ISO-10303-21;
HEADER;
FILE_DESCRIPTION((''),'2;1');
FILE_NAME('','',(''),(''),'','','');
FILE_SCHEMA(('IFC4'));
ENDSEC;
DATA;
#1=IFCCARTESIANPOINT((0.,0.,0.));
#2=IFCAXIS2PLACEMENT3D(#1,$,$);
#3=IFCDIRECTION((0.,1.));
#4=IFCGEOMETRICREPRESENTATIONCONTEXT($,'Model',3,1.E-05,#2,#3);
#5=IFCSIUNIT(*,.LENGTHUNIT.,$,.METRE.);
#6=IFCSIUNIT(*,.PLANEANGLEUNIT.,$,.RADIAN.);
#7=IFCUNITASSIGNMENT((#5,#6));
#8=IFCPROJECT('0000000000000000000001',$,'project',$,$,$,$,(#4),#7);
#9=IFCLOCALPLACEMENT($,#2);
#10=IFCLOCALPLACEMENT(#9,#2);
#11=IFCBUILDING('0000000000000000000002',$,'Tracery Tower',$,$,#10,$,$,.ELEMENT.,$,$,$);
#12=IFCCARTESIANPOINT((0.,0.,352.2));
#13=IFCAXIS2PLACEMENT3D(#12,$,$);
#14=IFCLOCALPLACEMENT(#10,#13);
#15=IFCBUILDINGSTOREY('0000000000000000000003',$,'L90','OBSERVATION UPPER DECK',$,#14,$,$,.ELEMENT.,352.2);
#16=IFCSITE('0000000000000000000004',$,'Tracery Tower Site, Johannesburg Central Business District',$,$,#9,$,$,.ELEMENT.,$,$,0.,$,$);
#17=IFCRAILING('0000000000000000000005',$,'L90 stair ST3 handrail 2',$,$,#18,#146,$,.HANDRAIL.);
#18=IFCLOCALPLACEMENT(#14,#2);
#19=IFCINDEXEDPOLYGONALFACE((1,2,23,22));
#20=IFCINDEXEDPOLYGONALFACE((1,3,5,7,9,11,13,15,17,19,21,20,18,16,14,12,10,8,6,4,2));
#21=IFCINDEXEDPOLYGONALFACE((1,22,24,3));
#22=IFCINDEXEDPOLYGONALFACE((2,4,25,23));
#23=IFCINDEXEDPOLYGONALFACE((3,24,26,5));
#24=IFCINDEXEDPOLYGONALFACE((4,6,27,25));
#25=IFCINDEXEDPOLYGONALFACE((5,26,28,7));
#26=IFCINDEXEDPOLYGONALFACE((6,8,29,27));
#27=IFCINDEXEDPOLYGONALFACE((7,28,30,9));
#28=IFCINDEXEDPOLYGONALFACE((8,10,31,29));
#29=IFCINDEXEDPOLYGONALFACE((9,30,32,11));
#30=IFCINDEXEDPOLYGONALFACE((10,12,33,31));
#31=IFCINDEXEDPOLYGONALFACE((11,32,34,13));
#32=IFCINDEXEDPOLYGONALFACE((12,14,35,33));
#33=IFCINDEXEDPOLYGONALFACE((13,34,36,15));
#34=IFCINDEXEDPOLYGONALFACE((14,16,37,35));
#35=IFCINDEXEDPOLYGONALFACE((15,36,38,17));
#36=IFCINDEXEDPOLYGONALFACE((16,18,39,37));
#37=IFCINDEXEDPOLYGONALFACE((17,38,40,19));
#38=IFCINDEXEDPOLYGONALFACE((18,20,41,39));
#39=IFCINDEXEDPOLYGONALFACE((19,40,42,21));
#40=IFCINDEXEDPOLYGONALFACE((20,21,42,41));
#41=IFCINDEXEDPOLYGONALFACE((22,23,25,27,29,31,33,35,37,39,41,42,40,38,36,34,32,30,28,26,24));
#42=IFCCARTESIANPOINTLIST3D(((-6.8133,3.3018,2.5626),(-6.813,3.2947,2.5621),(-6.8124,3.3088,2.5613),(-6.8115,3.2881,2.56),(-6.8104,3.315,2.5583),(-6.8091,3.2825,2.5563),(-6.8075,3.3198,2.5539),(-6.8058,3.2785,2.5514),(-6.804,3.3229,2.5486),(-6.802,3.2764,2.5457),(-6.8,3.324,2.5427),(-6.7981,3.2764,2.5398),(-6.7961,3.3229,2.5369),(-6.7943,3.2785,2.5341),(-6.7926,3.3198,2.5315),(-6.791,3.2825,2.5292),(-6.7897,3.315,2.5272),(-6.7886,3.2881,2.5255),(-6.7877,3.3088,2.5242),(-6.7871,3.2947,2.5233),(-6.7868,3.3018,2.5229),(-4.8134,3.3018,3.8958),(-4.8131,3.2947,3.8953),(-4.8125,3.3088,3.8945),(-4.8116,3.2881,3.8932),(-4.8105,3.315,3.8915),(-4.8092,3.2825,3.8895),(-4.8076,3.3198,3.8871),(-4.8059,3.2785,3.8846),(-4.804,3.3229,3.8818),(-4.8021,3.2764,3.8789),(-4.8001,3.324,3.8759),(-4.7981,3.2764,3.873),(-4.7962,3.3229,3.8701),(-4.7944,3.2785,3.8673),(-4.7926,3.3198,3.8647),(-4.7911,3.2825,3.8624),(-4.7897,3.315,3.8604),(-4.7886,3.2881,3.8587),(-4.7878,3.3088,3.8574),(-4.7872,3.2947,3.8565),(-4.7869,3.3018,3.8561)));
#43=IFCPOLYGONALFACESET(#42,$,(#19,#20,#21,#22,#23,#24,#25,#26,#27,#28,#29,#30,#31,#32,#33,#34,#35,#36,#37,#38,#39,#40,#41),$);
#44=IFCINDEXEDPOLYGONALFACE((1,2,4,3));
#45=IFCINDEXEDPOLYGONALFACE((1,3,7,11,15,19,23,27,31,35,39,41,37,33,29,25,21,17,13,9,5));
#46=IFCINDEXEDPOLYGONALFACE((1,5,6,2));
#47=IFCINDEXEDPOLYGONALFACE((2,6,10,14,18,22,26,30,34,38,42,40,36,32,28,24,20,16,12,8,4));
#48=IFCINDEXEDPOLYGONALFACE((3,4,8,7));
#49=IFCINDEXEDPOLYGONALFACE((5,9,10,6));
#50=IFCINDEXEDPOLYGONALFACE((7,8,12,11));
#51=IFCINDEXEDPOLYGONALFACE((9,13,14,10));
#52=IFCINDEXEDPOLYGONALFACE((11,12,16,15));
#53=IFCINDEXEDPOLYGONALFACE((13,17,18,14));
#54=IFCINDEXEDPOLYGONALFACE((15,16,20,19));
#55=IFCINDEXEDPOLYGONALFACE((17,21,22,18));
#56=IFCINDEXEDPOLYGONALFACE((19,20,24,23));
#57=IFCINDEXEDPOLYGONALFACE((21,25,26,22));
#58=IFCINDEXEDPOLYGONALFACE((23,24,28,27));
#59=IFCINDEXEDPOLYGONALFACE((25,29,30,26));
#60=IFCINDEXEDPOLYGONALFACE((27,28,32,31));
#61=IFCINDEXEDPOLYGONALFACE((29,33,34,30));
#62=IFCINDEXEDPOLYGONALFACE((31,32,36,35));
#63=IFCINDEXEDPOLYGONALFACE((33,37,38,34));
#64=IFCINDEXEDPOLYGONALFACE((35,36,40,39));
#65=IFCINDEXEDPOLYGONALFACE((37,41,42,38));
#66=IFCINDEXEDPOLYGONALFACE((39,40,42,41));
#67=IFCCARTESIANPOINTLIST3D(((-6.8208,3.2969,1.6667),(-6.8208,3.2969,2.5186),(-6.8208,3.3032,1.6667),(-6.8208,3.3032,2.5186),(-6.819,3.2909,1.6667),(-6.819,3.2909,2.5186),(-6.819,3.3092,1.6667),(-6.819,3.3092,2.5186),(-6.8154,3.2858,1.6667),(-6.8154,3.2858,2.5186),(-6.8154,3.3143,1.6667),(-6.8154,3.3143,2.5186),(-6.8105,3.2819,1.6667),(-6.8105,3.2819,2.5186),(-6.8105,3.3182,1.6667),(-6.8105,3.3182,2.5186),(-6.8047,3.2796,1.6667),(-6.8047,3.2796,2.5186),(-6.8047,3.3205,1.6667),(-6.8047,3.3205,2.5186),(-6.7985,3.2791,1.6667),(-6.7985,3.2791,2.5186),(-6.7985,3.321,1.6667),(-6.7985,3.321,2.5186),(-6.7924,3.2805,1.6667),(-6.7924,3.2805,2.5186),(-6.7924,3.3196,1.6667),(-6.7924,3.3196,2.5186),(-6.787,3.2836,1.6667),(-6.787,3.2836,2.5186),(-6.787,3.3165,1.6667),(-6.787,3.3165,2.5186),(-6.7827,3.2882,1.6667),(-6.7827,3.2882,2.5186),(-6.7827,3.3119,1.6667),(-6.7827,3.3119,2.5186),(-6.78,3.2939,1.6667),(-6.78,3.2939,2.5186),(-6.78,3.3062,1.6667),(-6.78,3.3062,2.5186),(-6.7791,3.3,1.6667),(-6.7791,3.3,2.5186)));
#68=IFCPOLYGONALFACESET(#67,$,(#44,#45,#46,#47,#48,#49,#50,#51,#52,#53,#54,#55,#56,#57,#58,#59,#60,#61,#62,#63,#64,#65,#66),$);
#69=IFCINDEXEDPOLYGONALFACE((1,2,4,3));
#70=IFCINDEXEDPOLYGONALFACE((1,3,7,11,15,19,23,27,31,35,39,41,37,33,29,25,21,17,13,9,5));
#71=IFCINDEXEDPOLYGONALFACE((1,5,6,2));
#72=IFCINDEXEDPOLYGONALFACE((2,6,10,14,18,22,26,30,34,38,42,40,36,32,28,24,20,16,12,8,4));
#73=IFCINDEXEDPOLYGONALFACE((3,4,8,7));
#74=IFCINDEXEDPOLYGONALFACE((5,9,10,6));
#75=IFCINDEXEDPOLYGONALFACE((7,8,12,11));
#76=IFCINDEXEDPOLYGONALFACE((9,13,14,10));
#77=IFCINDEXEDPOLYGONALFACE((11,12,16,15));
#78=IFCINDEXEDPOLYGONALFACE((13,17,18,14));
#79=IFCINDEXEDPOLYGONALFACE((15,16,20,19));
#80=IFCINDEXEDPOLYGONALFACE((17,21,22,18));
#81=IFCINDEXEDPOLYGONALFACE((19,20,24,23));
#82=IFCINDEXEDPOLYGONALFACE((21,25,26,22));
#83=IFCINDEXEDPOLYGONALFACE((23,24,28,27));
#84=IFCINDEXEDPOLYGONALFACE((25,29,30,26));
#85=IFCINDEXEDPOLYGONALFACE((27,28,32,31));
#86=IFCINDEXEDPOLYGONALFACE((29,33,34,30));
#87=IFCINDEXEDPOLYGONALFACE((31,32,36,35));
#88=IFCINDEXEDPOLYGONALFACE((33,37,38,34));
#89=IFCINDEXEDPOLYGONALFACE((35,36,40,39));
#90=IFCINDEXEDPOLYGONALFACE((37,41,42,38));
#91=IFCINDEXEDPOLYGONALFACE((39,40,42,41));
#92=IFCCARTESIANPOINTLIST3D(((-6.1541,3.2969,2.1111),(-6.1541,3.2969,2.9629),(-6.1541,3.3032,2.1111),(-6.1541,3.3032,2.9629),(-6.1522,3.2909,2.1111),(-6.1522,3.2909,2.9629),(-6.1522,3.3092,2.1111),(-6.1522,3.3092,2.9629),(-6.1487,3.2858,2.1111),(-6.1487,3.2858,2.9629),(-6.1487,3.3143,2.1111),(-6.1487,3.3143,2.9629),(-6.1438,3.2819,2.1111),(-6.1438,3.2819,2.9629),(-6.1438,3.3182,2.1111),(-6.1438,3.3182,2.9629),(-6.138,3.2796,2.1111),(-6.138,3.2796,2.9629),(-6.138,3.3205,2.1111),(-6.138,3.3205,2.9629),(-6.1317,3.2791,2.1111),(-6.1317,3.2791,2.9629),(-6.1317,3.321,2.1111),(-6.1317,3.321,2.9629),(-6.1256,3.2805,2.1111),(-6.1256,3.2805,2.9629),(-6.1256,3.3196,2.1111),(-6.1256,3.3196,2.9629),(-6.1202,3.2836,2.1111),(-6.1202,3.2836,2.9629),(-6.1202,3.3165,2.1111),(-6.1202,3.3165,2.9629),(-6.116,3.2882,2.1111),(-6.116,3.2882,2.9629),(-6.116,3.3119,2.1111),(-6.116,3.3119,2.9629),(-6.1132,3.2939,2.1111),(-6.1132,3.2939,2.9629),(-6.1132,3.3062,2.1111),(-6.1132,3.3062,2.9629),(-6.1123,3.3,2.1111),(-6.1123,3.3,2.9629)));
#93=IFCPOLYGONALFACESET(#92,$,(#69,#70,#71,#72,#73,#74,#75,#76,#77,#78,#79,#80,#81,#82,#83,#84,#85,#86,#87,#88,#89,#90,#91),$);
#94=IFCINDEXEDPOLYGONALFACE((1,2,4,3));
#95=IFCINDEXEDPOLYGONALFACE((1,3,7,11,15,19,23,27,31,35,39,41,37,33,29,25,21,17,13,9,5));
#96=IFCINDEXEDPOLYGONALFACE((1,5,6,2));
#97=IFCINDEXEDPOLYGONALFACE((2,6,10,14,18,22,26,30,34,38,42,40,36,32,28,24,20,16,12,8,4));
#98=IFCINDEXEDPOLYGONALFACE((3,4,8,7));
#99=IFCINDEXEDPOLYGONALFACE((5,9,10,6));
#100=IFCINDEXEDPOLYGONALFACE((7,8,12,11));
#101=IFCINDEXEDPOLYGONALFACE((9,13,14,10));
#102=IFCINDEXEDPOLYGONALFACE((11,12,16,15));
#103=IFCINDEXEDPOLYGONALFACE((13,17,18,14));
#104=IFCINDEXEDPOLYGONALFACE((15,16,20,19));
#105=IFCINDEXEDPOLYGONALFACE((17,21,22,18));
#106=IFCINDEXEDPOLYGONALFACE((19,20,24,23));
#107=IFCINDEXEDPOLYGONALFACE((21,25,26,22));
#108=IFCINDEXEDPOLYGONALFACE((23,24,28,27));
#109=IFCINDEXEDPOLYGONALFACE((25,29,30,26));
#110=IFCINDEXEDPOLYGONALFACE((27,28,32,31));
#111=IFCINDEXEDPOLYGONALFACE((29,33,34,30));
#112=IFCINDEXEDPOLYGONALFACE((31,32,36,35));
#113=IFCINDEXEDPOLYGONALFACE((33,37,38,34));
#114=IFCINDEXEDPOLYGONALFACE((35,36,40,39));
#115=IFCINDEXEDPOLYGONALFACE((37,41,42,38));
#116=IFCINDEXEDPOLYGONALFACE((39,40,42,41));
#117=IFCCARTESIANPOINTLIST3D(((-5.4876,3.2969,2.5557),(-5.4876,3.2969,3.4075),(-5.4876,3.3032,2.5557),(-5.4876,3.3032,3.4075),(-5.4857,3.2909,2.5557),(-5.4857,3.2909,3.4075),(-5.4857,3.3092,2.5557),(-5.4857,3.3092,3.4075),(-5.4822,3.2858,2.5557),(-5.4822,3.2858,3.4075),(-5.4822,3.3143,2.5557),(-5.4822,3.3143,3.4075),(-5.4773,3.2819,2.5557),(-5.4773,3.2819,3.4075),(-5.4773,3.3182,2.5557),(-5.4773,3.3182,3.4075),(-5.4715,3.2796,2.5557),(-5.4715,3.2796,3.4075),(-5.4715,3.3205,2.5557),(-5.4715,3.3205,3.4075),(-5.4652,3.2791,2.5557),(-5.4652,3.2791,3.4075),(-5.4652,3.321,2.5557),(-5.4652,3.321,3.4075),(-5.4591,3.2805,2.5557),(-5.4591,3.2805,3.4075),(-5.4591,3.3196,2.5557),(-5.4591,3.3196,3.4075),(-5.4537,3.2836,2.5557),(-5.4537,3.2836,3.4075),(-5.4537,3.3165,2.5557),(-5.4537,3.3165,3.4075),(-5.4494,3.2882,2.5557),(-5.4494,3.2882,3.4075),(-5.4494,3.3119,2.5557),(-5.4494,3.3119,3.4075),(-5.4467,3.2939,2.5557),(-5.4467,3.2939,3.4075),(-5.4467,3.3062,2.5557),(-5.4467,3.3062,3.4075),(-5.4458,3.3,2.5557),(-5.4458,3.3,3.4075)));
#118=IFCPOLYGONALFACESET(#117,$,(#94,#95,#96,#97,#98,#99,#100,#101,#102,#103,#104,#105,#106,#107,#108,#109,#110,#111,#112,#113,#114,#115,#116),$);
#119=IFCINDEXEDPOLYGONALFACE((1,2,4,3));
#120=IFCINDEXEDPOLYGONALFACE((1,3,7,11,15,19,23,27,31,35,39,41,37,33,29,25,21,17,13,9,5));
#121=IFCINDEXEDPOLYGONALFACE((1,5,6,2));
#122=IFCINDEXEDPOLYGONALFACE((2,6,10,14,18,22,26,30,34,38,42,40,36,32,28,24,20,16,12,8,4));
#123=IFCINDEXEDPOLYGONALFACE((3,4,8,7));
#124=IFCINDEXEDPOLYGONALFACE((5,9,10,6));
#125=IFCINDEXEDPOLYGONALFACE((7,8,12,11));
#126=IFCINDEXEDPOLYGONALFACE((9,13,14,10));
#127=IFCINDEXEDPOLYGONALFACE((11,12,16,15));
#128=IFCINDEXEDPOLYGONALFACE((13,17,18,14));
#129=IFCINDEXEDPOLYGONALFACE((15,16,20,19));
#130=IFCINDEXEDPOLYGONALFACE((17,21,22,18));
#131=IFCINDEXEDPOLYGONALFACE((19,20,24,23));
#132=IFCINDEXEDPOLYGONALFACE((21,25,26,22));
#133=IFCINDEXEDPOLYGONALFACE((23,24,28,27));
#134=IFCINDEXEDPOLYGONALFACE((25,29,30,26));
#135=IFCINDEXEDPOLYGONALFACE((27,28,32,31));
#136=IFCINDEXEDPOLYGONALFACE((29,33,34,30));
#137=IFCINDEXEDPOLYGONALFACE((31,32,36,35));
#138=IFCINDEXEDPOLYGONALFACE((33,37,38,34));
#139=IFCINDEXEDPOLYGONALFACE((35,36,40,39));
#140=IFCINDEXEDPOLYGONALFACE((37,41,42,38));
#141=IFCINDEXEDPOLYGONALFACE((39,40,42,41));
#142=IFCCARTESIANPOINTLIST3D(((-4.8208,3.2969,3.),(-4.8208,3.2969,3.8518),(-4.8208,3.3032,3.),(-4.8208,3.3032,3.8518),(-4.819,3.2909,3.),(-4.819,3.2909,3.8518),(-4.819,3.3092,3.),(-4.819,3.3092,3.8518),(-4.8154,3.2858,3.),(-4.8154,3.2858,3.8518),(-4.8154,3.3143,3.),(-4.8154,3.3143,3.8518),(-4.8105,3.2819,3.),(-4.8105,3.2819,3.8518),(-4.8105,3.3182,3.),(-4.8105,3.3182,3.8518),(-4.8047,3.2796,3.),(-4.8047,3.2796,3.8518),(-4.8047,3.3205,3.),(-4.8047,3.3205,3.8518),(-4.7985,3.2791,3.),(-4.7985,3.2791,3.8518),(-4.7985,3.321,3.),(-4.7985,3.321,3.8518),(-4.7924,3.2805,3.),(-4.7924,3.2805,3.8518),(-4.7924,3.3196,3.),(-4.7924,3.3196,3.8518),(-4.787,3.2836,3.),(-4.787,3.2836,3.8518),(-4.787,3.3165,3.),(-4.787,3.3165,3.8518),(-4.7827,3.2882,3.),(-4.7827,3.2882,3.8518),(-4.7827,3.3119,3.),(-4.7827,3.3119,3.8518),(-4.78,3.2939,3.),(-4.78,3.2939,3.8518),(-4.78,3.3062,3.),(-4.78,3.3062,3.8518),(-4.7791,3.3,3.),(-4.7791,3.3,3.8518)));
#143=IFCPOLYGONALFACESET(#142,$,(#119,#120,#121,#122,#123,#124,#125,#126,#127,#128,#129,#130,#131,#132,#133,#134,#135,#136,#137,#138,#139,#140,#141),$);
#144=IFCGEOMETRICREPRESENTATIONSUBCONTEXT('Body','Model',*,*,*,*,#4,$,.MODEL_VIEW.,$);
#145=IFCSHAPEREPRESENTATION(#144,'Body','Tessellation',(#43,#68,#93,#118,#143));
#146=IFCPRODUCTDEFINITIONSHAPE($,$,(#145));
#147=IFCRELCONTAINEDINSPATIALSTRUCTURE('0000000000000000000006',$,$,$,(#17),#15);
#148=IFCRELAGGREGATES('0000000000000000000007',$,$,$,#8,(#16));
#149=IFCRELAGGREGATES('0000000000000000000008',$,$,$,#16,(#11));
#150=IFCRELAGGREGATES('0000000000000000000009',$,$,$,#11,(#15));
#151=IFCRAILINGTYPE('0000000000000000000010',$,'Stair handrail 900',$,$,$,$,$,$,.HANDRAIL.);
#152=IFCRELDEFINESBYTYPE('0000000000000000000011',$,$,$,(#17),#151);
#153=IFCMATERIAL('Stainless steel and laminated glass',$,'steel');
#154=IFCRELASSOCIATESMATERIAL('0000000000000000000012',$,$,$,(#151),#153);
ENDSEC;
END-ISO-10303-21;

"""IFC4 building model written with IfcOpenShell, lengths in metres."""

from ifc_helpers import new_model, si_unit, direction, frame, origin, origin_2d, place, context, subcontext, project, spatial, circle, extrude, material, type_object, element, save


model = new_model("IFC4")

# Units and contexts
model_context = context("Model", 3, precision=1e-05, world=origin(), true_north=direction((0.0, 1.0)))
body_context = subcontext(model_context, "Body", "Model", "MODEL_VIEW")
ifc_project = project(units=[si_unit("LENGTHUNIT", "METRE"), si_unit("PLANEANGLEUNIT", "RADIAN")], contexts=[model_context])

# Site, building, storey
site_placement = place(None, origin())
site = spatial("IfcSite", under=ifc_project, at=site_placement, Name="Tracery Tower Site, Johannesburg Central Business District", CompositionType="ELEMENT", RefElevation=0.0)
building_placement = place(site_placement, origin())
building = spatial("IfcBuilding", under=site, at=building_placement, Name="Tracery Tower", CompositionType="ELEMENT")
storey_placement = place(building_placement, frame((0.0, 0.0, 352.2)))
storey = spatial("IfcBuildingStorey", under=building, at=storey_placement, Name="L90", Description="OBSERVATION UPPER DECK", CompositionType="ELEMENT", Elevation=352.2)

# Railing
ifc_material_1 = material(Name="Stainless steel and laminated glass", Category="steel")
railing_type_1 = type_object("IfcRailingType", Name="Stair handrail 900", PredefinedType="HANDRAIL", material=ifc_material_1)
railing_1_placement = place(storey_placement, frame((-6.8, 3.3, 1.6667)))
element("IfcRailing", 1, at=railing_1_placement, inside=storey, type_object=railing_type_1, Name="L90 stair ST3 handrail 2", PredefinedType="HANDRAIL", context=body_context, shape_type="SweptSolid", body=[
    extrude(circle(Radius=0.0239, at=origin_2d()), frame((0.0, 0.0, 0.876), z_axis=(0.832066, 0.0, 0.554677), x_axis=(0.0, 1.0, 0.0)), (0.0, 0.0, 1.0), 2.4036),
    extrude(circle(Radius=0.021, at=origin_2d()), origin(), (0.0, 0.0, 1.0), 0.8518),
    extrude(circle(Radius=0.021, at=origin_2d()), frame((0.6667, 0.0, 0.4443)), (0.0, 0.0, 1.0), 0.8518),
    extrude(circle(Radius=0.021, at=origin_2d()), frame((1.3333, 0.0, 0.8889)), (0.0, 0.0, 1.0), 0.8518),
    extrude(circle(Radius=0.021, at=origin_2d()), frame((2.0, 0.0, 1.3333)), (0.0, 0.0, 1.0), 0.8518),
])

save(model, "model.ifc")
